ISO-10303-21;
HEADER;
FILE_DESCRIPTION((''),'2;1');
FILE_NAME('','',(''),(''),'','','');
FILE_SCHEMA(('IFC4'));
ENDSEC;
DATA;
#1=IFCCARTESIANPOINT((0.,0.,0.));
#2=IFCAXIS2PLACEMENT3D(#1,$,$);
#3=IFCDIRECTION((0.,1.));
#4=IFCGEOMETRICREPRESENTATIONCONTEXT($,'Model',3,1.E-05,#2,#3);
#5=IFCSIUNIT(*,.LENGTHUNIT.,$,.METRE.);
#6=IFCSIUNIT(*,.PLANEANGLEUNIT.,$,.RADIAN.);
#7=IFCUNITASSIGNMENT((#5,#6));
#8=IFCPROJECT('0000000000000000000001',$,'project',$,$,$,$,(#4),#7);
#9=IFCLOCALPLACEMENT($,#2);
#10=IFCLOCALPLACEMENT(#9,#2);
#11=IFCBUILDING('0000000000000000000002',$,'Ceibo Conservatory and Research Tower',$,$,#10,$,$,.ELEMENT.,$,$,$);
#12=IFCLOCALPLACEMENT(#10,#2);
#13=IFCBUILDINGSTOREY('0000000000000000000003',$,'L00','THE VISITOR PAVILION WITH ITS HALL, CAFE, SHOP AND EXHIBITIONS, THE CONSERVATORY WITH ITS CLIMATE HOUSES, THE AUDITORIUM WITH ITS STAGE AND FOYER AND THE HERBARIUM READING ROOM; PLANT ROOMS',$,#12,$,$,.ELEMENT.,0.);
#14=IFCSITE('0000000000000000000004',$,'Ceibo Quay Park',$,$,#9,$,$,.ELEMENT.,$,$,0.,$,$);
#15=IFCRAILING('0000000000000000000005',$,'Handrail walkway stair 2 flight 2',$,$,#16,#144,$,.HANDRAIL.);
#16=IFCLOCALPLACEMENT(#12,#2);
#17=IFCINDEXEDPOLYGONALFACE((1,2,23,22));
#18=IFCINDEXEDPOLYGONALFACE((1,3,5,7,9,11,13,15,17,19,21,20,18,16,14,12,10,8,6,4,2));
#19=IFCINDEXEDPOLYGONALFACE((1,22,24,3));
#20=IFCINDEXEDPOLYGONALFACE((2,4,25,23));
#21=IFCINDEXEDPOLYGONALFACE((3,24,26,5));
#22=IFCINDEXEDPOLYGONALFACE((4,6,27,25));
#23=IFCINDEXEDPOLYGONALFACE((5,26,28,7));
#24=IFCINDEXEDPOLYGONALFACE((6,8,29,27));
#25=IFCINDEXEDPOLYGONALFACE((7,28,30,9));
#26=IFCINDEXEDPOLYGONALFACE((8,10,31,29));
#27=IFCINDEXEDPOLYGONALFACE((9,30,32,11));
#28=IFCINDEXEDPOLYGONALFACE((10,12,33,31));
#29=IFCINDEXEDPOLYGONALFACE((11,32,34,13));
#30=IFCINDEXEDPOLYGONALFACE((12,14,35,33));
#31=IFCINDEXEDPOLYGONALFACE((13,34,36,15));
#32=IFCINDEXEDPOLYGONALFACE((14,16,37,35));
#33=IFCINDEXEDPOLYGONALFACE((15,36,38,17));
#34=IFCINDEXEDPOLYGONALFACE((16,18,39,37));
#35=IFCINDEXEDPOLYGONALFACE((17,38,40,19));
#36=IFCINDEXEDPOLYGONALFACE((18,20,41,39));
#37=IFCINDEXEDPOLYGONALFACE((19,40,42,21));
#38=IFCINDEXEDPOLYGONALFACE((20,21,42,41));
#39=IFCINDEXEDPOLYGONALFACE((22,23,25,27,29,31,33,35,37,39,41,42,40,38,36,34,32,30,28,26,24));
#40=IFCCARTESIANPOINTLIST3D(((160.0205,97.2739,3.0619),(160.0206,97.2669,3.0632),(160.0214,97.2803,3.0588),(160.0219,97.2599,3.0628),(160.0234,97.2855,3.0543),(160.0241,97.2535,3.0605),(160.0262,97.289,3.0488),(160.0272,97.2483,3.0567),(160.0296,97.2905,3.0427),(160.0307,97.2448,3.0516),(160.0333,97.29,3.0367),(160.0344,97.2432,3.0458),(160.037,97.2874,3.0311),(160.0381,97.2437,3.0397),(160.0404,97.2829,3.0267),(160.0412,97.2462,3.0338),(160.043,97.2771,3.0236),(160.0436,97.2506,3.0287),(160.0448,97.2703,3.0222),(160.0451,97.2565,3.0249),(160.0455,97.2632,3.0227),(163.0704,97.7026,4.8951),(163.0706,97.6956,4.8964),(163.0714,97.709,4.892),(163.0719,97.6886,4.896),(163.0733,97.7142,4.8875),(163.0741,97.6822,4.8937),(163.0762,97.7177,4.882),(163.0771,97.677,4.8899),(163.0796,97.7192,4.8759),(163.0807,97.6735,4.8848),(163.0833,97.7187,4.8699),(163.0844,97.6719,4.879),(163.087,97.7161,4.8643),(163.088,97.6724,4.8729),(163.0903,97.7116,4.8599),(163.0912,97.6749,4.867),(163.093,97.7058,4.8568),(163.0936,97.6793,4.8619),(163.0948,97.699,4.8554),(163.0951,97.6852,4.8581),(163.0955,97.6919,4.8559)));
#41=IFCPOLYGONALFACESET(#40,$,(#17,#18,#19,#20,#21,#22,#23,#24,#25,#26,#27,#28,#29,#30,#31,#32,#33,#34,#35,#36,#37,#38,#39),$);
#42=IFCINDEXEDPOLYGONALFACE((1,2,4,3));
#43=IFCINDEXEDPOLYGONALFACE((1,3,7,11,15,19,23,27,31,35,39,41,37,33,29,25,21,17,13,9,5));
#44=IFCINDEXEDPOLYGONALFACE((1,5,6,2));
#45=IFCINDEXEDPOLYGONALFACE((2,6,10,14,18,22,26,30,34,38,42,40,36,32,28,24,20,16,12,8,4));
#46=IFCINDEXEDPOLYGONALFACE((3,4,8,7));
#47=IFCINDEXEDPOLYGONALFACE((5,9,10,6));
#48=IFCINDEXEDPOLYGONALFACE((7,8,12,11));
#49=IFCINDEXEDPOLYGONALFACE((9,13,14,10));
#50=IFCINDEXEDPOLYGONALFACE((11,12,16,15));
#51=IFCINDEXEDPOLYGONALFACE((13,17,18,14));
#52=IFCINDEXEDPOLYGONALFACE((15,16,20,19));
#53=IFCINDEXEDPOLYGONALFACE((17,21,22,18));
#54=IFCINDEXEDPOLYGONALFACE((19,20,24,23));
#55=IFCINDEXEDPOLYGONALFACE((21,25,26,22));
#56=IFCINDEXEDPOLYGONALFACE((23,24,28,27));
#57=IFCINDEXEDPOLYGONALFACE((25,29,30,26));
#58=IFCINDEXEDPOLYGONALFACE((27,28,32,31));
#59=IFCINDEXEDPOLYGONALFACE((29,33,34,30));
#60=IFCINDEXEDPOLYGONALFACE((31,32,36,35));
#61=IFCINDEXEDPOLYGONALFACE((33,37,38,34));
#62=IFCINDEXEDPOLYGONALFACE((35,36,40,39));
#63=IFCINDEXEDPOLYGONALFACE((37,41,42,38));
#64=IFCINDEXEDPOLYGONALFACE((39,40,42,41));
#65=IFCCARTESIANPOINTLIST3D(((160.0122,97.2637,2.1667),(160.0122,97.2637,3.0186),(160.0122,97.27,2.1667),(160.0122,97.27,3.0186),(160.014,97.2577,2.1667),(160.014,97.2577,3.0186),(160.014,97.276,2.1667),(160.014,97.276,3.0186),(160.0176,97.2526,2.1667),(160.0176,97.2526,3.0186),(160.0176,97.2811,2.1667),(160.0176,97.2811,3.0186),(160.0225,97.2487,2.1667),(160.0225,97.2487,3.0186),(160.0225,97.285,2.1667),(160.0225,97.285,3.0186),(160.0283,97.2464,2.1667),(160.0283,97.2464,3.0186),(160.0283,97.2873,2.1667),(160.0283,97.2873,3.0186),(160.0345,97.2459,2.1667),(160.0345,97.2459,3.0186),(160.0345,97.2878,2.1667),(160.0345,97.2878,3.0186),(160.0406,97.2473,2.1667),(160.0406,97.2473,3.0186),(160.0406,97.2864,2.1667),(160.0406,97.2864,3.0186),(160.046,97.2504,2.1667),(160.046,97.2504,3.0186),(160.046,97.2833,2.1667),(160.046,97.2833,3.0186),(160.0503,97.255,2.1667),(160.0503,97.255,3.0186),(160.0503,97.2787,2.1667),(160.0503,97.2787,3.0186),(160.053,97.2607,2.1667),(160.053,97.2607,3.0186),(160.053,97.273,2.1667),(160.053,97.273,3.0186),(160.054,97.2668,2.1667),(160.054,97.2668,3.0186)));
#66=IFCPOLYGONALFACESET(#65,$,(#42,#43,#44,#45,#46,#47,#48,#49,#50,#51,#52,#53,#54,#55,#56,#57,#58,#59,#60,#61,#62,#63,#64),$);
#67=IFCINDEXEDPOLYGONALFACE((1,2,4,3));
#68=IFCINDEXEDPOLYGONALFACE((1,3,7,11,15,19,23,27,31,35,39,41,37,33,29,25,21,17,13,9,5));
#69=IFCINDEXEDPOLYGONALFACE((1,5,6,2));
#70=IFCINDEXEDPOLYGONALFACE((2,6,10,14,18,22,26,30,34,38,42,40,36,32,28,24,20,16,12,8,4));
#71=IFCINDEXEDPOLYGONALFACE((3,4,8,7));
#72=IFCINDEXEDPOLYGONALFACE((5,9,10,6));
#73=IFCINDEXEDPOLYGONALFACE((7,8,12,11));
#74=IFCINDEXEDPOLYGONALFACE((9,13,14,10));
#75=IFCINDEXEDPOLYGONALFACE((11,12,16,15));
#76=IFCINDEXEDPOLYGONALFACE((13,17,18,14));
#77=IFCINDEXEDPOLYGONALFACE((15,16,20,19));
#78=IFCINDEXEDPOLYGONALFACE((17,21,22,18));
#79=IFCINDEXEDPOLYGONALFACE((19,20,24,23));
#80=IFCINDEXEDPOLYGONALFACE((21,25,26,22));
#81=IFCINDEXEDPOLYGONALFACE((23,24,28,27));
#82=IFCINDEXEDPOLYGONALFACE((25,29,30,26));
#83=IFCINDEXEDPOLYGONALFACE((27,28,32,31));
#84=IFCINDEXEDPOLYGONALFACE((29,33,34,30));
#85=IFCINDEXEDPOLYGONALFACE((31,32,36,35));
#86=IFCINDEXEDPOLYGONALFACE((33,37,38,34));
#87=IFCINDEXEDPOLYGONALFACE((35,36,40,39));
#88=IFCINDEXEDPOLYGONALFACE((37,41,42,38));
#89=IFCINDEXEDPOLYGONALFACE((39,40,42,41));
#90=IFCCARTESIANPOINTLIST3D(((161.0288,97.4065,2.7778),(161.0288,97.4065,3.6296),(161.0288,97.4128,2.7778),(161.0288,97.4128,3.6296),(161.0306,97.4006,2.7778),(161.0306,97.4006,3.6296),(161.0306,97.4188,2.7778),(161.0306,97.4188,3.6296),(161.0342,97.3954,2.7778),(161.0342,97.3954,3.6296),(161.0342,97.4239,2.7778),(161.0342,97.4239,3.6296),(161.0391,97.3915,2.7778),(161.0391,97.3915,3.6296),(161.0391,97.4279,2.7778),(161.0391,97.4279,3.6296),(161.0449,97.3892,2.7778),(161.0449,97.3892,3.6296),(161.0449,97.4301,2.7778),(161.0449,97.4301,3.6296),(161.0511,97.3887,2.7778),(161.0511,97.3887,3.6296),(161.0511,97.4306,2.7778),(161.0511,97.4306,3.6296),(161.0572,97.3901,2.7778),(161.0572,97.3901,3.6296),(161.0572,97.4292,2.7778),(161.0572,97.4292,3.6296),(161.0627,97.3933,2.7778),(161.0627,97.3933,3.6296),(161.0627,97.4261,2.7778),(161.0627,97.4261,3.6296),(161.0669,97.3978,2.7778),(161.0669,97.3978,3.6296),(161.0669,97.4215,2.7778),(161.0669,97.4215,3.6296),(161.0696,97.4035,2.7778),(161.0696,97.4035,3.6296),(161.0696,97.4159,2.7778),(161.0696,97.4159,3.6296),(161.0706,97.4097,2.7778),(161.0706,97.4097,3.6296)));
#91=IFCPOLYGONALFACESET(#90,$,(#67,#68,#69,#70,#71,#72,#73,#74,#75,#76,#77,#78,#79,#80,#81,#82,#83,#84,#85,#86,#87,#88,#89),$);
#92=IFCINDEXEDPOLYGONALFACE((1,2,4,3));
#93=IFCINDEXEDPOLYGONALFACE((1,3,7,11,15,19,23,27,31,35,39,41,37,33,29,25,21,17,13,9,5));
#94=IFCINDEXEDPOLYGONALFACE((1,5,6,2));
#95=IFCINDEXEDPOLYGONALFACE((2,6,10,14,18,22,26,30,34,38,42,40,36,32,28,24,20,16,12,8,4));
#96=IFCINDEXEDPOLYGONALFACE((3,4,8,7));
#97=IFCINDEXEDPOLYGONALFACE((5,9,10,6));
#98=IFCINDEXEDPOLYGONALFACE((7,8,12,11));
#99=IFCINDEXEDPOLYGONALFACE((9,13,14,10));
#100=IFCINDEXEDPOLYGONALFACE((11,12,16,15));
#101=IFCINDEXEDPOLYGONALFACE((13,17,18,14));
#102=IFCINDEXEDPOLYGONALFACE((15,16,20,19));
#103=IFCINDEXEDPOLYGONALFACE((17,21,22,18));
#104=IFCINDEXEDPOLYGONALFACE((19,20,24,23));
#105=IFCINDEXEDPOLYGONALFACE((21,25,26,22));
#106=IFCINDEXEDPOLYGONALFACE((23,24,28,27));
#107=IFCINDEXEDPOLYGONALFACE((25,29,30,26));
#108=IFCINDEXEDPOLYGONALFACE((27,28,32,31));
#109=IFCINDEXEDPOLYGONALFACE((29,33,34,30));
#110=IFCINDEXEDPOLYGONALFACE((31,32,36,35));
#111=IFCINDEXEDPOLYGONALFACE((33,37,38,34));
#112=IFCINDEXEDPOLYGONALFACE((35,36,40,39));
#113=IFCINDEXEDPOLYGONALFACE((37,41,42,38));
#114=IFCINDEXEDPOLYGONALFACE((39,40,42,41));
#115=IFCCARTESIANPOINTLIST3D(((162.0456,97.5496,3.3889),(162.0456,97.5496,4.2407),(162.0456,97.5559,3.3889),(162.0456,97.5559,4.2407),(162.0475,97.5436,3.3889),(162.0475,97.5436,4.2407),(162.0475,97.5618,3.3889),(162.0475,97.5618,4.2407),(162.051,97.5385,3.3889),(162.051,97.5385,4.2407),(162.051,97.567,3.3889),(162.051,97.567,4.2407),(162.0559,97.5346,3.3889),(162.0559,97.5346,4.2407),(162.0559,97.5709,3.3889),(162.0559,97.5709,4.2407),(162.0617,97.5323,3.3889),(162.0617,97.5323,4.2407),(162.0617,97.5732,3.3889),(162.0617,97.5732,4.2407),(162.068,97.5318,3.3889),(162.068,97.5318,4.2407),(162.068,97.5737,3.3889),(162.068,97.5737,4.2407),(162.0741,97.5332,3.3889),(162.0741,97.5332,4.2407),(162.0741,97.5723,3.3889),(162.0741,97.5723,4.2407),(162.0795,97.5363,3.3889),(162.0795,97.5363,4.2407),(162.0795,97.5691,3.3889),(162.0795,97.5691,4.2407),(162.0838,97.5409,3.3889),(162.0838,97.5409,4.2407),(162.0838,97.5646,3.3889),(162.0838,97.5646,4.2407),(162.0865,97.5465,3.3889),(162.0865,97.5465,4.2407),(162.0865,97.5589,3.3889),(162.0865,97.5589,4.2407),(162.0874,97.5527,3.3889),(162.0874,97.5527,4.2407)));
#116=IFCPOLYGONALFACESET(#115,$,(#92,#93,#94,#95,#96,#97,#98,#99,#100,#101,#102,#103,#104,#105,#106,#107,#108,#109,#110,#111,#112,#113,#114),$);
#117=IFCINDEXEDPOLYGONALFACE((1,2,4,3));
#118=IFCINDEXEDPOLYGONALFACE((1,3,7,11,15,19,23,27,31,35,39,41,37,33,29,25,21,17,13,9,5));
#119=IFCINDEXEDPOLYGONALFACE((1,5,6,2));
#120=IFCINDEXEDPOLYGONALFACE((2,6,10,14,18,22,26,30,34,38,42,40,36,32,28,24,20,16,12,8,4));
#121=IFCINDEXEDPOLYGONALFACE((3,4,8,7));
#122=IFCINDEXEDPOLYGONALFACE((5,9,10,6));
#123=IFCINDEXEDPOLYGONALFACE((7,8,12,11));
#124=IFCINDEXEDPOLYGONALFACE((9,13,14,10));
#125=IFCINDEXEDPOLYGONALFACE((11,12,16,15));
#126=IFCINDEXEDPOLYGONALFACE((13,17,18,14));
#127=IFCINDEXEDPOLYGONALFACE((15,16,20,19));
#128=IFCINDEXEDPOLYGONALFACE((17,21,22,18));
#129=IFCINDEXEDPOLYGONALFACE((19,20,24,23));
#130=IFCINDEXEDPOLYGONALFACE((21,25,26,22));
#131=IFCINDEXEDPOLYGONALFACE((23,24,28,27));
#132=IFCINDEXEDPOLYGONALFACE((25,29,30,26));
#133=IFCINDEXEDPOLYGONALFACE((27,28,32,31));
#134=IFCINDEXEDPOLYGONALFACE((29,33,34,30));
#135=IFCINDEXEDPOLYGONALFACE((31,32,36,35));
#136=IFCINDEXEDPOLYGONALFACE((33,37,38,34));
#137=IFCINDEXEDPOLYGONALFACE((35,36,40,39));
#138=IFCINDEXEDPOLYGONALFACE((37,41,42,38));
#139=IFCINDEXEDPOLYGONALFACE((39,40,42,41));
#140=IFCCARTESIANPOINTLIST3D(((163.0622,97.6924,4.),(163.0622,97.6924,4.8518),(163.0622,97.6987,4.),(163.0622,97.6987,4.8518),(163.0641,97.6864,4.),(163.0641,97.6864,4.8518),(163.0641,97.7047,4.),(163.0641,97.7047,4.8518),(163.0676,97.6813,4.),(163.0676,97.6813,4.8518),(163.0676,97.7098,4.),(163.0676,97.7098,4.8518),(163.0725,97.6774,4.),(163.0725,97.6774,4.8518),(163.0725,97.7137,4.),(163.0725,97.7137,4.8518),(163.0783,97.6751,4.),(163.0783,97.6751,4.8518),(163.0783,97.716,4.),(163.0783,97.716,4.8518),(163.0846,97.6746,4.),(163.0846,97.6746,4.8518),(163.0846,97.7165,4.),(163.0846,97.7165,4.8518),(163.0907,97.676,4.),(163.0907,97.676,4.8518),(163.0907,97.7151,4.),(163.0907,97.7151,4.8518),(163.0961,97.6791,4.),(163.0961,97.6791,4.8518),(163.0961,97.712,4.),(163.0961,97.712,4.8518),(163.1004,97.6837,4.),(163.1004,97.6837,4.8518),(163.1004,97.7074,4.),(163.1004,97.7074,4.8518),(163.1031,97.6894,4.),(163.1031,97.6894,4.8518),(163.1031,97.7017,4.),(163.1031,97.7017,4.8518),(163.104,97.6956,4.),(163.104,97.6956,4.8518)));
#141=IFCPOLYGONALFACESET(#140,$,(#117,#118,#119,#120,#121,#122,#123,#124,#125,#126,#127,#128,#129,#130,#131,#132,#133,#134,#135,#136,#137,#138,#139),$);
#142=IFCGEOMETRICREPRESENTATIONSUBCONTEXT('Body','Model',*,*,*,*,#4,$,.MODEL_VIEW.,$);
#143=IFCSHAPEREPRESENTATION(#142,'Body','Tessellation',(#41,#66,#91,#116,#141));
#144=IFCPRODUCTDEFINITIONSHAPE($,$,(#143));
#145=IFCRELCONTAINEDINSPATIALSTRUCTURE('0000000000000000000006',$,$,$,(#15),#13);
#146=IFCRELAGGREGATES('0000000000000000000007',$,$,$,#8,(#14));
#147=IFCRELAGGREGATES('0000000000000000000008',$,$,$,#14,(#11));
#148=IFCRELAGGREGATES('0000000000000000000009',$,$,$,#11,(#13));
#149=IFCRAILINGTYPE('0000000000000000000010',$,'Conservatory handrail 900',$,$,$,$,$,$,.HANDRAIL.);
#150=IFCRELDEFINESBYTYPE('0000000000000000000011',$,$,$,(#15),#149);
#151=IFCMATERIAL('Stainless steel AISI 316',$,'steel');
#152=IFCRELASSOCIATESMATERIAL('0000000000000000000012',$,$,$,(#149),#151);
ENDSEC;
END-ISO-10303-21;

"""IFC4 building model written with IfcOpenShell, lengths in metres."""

from ifc_helpers import new_model, si_unit, direction, frame, origin, origin_2d, place, context, subcontext, project, spatial, circle, extrude, material, type_object, element, save


model = new_model("IFC4")

# Units and contexts
model_context = context("Model", 3, precision=1e-05, world=origin(), true_north=direction((0.0, 1.0)))
body_context = subcontext(model_context, "Body", "Model", "MODEL_VIEW")
ifc_project = project(units=[si_unit("LENGTHUNIT", "METRE"), si_unit("PLANEANGLEUNIT", "RADIAN")], contexts=[model_context])

# Site, building, storey
site_placement = place(None, origin())
site = spatial("IfcSite", under=ifc_project, at=site_placement, Name="Ceibo Quay Park", CompositionType="ELEMENT", RefElevation=0.0)
building_placement = place(site_placement, origin())
building = spatial("IfcBuilding", under=site, at=building_placement, Name="Ceibo Conservatory and Research Tower", CompositionType="ELEMENT")
storey_placement = place(building_placement, origin())
storey = spatial("IfcBuildingStorey", under=building, at=storey_placement, Name="L00", Description="THE VISITOR PAVILION WITH ITS HALL, CAFE, SHOP AND EXHIBITIONS, THE CONSERVATORY WITH ITS CLIMATE HOUSES, THE AUDITORIUM WITH ITS STAGE AND FOYER AND THE HERBARIUM READING ROOM; PLANT ROOMS", CompositionType="ELEMENT", Elevation=0.0)

# Railing
ifc_material_1 = material(Name="Stainless steel AISI 316", Category="steel")
railing_type_1 = type_object("IfcRailingType", Name="Conservatory handrail 900", PredefinedType="HANDRAIL", material=ifc_material_1)
railing_1_placement = place(storey_placement, frame((160.033, 97.2668, 2.1667)))
element("IfcRailing", 1, at=railing_1_placement, inside=storey, type_object=railing_type_1, Name="Handrail walkway stair 2 flight 2", PredefinedType="HANDRAIL", context=body_context, shape_type="SweptSolid", body=[
    extrude(circle(Radius=0.0239, at=origin_2d()), frame((0.0, 0.0, 0.876), z_axis=(0.85094, 0.119607, 0.511463), x_axis=(-0.13919, 0.990266, 0.0)), (0.0, 0.0, 1.0), 3.5842),
    extrude(circle(Radius=0.021, at=origin_2d()), origin(), (0.0, 0.0, 1.0), 0.8518),
    extrude(circle(Radius=0.021, at=origin_2d()), frame((1.0166, 0.1428, 0.6111)), (0.0, 0.0, 1.0), 0.8518),
    extrude(circle(Radius=0.021, at=origin_2d()), frame((2.0334, 0.2859, 1.2222)), (0.0, 0.0, 1.0), 0.8518),
    extrude(circle(Radius=0.021, at=origin_2d()), frame((3.05, 0.4287, 1.8333)), (0.0, 0.0, 1.0), 0.8518),
])

save(model, "model.ifc")
